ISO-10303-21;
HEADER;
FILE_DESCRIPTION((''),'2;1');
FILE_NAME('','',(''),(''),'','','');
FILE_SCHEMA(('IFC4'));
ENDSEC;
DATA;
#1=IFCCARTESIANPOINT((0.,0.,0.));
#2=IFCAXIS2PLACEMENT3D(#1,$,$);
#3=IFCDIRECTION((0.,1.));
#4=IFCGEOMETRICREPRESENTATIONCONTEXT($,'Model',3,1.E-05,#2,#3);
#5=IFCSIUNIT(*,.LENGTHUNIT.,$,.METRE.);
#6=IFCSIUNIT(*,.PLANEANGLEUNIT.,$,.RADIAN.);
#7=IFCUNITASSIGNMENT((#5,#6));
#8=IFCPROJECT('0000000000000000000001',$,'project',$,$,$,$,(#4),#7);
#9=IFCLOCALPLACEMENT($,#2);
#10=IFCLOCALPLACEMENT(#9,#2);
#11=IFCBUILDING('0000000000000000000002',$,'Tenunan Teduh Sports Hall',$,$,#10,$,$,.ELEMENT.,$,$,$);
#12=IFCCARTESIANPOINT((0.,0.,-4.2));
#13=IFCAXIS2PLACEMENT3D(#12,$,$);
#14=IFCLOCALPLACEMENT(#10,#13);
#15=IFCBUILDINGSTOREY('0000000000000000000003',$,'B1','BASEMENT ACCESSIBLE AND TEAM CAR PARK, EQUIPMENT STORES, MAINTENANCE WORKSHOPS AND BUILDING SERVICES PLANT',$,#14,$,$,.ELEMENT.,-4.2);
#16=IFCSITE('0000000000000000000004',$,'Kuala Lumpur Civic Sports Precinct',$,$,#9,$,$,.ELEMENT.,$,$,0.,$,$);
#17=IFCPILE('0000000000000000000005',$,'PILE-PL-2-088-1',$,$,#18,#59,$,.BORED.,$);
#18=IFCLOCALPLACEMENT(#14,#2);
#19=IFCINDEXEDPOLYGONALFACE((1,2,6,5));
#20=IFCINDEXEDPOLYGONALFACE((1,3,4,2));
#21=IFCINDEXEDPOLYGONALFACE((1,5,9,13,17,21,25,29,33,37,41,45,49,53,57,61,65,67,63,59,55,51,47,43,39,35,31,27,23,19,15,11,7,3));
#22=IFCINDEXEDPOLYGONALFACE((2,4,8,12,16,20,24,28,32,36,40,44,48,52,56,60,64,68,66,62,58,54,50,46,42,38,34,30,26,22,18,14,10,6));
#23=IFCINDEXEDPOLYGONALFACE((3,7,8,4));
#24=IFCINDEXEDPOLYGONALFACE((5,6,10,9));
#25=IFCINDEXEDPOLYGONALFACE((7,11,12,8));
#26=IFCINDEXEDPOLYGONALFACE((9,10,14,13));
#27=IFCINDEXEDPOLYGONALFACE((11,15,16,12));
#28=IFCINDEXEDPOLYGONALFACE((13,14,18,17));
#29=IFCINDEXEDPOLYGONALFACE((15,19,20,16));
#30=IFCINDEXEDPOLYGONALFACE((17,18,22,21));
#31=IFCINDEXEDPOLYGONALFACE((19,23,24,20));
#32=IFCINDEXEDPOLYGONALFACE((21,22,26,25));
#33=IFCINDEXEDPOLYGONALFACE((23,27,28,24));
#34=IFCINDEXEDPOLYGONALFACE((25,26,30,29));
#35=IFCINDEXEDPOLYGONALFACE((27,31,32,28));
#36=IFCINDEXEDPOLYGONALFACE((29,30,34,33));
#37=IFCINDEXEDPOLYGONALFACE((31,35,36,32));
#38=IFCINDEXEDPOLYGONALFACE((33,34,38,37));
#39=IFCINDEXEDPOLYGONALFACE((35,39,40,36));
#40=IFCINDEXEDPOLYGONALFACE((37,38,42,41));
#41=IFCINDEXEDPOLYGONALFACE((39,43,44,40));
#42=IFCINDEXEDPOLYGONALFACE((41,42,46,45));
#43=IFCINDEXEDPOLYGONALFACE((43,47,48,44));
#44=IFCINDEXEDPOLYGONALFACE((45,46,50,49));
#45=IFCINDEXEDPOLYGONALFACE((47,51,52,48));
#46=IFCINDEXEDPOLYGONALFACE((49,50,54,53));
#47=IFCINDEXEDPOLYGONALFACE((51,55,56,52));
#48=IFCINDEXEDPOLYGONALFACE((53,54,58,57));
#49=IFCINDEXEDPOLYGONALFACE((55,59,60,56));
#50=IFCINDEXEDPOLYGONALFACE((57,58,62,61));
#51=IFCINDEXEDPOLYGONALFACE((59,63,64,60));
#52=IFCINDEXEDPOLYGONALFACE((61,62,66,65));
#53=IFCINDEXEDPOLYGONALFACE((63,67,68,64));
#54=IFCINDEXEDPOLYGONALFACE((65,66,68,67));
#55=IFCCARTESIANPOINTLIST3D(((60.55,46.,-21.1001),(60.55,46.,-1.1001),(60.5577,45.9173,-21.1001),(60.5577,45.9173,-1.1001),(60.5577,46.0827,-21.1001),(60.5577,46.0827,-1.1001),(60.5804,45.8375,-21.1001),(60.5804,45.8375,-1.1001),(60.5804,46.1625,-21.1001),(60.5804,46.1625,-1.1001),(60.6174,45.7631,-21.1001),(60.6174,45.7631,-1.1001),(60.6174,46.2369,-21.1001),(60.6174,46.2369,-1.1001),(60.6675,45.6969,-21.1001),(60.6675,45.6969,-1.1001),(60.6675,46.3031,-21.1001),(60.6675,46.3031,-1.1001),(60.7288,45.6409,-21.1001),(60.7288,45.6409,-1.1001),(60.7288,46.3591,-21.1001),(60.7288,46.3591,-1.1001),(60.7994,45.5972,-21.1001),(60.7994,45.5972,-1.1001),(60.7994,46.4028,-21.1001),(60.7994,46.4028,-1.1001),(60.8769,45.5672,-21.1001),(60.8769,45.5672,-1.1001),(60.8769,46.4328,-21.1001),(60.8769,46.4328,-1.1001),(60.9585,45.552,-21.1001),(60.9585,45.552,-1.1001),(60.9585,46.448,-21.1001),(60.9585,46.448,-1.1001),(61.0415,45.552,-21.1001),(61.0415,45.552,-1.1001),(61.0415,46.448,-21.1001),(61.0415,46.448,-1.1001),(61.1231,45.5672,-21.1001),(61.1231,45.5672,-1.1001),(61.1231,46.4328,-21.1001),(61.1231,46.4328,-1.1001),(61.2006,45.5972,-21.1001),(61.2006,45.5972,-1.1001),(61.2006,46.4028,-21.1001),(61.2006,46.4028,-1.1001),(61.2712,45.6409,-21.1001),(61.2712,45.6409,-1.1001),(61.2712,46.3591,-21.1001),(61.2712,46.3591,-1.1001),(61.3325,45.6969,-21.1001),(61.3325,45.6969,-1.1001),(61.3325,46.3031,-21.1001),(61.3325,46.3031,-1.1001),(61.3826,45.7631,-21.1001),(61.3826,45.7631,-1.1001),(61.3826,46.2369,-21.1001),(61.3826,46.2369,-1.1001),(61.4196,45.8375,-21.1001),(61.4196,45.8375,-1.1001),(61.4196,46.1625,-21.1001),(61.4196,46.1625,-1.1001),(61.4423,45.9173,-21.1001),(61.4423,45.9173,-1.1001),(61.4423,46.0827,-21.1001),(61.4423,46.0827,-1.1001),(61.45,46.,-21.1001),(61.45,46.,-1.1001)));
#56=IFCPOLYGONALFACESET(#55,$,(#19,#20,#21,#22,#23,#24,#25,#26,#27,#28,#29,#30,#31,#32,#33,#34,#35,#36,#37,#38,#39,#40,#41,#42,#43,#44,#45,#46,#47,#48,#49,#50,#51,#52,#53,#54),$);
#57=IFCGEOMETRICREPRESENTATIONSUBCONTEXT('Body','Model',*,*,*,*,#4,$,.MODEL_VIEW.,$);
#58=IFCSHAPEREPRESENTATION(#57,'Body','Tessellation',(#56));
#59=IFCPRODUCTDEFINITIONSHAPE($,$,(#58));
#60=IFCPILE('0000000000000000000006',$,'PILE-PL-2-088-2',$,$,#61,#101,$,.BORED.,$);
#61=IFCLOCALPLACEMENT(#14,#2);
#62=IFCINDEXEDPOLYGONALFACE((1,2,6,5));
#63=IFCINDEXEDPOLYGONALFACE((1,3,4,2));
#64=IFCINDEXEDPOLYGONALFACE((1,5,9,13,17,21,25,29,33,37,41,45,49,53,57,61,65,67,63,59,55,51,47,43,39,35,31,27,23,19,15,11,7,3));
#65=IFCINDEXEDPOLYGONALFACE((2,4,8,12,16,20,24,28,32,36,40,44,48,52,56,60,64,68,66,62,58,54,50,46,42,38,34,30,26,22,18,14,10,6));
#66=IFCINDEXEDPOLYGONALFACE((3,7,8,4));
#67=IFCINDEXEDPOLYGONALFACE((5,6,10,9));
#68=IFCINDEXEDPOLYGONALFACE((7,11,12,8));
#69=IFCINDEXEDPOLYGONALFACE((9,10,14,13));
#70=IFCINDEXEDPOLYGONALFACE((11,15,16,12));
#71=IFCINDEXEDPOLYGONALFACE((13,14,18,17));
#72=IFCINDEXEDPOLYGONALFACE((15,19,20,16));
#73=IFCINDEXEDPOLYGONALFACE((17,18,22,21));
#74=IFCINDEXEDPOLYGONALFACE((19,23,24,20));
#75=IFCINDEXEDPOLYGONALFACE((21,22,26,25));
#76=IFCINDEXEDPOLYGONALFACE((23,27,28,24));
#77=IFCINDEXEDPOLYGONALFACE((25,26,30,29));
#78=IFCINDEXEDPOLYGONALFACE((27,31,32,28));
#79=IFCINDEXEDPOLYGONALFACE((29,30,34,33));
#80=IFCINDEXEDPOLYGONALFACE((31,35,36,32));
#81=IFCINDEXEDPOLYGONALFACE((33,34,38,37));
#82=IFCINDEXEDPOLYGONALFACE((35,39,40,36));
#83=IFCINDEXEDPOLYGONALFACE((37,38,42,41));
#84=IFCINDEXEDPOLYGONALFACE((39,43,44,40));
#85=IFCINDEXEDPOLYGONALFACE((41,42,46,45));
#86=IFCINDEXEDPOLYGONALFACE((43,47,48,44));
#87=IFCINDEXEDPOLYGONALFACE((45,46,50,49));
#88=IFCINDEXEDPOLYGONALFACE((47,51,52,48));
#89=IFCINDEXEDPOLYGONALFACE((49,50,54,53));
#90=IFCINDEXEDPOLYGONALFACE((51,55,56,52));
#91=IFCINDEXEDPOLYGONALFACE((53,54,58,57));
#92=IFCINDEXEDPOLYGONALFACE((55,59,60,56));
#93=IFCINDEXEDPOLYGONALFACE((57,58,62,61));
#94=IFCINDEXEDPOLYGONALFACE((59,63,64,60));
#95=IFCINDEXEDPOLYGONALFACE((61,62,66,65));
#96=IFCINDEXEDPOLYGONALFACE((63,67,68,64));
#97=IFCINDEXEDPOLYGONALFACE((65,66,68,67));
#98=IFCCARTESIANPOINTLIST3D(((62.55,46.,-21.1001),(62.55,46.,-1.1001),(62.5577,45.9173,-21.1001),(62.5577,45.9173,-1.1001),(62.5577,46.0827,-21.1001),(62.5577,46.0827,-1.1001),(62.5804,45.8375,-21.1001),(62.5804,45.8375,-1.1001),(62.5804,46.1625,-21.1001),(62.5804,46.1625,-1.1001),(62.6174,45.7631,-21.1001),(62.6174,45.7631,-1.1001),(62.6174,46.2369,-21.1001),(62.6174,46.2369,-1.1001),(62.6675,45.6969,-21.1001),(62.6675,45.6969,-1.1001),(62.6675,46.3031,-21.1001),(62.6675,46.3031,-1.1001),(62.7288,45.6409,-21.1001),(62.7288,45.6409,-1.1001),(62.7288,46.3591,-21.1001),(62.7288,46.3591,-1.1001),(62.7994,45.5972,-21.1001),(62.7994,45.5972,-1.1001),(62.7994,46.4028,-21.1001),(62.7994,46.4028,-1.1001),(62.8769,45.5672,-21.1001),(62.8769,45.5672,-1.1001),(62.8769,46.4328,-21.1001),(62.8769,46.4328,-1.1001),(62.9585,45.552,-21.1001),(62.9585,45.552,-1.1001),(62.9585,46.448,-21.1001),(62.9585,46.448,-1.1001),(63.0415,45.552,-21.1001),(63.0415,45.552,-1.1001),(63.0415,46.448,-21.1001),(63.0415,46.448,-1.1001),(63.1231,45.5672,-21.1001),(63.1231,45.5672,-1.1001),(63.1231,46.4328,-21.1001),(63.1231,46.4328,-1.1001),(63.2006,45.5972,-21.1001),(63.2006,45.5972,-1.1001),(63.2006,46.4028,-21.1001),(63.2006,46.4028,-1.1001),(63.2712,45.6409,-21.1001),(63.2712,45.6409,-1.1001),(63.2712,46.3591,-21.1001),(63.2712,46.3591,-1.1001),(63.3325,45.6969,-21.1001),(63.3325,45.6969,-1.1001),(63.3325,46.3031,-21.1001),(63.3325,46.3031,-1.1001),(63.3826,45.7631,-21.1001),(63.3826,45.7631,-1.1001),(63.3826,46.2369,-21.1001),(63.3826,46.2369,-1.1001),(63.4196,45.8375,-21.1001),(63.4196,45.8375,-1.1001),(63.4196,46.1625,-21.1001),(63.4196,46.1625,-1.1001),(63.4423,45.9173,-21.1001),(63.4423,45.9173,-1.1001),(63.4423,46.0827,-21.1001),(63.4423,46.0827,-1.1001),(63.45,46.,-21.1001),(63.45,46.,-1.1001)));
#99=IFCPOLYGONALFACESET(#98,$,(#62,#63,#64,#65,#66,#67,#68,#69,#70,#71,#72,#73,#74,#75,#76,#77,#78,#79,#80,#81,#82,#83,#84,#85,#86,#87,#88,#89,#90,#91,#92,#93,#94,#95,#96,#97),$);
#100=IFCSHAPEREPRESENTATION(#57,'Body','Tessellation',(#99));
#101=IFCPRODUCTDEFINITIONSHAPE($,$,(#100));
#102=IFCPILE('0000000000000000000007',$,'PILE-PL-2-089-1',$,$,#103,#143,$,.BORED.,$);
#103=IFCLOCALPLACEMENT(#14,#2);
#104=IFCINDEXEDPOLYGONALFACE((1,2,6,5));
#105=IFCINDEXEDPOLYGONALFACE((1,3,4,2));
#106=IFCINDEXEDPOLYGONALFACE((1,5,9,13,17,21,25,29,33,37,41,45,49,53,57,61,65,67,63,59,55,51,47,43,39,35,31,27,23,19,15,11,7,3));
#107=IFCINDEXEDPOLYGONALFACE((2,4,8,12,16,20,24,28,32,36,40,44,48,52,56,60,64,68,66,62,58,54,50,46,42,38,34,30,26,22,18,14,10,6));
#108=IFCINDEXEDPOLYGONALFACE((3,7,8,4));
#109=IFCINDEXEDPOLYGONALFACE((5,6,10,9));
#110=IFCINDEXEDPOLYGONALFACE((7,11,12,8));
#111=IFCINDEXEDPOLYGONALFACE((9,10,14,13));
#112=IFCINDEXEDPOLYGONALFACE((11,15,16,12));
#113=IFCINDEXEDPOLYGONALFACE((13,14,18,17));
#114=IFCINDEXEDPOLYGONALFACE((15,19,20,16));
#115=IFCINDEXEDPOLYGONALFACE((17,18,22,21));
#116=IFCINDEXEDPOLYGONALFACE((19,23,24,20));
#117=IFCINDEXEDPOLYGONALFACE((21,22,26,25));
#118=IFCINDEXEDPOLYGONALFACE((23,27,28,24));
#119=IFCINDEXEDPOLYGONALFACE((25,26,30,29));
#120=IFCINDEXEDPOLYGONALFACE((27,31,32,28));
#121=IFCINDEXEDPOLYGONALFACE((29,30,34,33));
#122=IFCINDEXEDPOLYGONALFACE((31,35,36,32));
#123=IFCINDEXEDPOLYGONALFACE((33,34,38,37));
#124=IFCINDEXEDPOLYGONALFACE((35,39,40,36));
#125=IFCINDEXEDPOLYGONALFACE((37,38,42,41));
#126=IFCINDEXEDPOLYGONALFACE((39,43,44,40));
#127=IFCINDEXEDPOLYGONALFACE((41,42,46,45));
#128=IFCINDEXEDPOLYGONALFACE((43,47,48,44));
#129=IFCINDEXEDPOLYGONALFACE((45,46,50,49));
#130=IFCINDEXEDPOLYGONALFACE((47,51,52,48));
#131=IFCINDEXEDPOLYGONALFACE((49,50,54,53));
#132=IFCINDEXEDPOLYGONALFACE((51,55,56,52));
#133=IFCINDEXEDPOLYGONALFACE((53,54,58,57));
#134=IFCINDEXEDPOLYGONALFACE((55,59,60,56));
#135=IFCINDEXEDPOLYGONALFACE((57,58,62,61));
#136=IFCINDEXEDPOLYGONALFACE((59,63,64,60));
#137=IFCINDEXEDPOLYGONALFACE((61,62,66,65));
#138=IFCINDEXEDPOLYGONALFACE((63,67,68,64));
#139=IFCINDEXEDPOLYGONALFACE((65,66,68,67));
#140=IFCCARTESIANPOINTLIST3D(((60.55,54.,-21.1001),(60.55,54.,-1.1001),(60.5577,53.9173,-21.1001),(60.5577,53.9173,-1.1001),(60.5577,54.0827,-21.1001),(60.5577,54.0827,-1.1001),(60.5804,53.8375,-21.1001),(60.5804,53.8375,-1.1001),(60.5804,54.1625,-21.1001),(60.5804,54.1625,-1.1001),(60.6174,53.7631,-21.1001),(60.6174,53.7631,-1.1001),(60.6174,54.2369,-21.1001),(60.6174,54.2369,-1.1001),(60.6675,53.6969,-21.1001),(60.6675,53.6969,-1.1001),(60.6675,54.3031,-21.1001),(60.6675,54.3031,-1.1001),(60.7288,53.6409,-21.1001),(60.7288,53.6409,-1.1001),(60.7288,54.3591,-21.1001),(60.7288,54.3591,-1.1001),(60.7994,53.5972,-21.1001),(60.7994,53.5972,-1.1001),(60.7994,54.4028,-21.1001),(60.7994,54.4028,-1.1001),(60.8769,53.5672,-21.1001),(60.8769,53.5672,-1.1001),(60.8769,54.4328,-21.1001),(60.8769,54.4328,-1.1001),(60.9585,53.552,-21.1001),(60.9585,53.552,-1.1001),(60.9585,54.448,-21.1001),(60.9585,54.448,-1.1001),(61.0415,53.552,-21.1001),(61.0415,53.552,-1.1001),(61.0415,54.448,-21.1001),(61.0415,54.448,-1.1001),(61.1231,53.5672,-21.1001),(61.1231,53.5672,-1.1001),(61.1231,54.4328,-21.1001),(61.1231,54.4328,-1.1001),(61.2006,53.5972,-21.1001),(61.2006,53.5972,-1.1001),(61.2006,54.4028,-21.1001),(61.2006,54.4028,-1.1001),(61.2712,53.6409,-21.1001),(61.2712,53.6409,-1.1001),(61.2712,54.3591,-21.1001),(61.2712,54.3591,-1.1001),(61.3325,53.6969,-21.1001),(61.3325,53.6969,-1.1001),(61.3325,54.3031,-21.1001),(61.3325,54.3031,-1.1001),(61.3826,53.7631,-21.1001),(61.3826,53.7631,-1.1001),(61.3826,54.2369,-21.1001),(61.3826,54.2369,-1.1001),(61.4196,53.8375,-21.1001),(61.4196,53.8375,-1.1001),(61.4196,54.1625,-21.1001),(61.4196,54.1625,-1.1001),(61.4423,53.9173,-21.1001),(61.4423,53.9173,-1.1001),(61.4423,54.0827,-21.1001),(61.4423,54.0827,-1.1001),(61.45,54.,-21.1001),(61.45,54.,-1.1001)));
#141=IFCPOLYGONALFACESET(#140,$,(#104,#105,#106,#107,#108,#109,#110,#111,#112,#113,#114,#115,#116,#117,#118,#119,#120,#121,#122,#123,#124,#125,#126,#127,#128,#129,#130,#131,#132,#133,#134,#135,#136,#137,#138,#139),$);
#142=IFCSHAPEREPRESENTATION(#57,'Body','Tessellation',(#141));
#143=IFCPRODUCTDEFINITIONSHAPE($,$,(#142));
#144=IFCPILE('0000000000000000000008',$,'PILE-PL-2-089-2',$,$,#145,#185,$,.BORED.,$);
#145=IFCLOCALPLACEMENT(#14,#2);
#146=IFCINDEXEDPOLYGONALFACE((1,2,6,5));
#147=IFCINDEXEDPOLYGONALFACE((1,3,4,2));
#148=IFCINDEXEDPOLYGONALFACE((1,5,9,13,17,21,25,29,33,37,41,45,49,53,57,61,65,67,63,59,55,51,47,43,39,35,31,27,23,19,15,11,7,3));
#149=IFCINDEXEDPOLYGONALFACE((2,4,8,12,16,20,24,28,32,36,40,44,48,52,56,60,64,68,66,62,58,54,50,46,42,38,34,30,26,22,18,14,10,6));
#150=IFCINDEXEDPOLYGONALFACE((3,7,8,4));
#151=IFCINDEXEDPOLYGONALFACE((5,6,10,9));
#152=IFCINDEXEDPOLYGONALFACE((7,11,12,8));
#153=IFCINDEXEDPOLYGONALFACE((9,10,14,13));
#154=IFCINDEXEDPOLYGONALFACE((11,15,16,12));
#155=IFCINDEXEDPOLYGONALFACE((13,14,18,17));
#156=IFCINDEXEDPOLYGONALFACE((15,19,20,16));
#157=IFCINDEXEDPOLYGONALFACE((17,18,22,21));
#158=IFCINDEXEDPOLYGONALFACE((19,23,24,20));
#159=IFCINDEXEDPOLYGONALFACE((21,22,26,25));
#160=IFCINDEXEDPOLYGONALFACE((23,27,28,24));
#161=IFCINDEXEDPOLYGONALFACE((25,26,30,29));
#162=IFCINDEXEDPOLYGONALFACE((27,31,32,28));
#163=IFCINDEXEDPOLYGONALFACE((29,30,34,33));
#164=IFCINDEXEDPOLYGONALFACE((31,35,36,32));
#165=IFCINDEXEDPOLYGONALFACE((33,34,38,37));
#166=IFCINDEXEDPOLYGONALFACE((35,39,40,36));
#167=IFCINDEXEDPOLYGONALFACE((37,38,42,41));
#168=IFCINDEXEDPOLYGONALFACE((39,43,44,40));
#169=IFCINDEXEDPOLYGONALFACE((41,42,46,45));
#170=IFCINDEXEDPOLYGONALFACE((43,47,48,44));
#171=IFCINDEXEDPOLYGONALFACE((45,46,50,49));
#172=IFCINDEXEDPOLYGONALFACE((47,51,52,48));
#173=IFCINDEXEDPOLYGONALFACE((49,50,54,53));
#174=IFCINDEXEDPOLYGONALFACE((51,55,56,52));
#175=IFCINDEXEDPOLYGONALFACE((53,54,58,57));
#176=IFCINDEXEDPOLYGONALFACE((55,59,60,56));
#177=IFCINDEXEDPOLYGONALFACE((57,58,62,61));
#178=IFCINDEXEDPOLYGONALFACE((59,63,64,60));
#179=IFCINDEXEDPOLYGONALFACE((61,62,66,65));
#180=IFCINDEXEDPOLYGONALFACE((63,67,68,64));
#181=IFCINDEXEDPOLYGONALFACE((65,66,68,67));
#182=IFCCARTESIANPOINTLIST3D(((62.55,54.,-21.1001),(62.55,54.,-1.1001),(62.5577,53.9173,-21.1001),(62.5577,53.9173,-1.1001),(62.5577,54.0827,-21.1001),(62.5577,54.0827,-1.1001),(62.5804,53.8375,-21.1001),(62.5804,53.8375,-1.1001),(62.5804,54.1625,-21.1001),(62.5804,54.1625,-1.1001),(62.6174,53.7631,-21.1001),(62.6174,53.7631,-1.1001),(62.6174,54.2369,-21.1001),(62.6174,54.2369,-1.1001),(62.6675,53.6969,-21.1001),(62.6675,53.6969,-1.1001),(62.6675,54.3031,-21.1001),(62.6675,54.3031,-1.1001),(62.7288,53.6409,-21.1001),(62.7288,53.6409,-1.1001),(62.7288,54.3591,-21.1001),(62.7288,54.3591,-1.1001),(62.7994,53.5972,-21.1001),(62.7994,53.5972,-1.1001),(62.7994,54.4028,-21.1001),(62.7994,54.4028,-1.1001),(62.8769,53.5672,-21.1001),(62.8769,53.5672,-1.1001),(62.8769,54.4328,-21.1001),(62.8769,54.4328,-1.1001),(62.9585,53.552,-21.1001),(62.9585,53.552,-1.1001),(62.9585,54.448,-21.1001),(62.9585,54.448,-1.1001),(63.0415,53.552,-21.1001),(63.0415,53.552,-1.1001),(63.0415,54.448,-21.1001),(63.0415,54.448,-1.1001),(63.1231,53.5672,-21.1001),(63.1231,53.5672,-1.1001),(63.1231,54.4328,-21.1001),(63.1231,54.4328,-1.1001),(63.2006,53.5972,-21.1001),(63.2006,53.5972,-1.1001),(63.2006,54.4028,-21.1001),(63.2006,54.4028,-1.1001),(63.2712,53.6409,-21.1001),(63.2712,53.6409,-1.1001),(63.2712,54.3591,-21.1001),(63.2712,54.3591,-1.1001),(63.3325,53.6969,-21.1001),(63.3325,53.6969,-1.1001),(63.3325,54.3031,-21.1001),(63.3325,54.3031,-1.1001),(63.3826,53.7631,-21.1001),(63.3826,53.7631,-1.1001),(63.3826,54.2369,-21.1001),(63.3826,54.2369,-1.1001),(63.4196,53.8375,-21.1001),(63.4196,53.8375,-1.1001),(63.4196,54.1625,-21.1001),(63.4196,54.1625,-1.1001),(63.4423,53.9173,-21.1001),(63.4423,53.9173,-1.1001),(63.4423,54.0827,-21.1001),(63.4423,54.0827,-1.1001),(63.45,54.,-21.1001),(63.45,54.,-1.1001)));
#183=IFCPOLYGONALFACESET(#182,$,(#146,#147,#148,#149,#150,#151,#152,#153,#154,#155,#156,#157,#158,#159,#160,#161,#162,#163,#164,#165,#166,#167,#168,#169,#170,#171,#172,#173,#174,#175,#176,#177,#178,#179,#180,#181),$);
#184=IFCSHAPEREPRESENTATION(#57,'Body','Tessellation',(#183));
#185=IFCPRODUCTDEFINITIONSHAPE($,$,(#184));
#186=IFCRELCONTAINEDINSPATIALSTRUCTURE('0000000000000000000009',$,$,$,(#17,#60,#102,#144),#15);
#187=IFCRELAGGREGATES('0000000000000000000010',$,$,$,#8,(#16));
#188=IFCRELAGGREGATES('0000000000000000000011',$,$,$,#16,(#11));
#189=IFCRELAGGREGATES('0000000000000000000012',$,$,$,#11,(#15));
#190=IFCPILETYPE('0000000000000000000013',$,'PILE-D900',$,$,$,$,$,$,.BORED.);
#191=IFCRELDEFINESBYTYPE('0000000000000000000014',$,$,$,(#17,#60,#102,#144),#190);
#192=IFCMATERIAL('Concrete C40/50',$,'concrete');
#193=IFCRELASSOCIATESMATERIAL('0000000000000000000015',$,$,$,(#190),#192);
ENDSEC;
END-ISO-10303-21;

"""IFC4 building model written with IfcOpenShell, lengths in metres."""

from ifc_helpers import new_model, si_unit, direction, frame, origin, origin_2d, place, context, subcontext, project, spatial, circle, extrude, material, material_profile, profile_set, type_object, element, save


model = new_model("IFC4")

# Units and contexts
model_context = context("Model", 3, precision=1e-05, world=origin(), true_north=direction((0.0, 1.0)))
body_context = subcontext(model_context, "Body", "Model", "MODEL_VIEW")
ifc_project = project(units=[si_unit("LENGTHUNIT", "METRE"), si_unit("PLANEANGLEUNIT", "RADIAN")], contexts=[model_context])

# Site, building, storey
site_placement = place(None, origin())
site = spatial("IfcSite", under=ifc_project, at=site_placement, Name="Kuala Lumpur Civic Sports Precinct", CompositionType="ELEMENT", RefElevation=0.0)
building_placement = place(site_placement, origin())
building = spatial("IfcBuilding", under=site, at=building_placement, Name="Tenunan Teduh Sports Hall", CompositionType="ELEMENT")
storey_placement = place(building_placement, frame((0.0, 0.0, -4.2)))
storey = spatial("IfcBuildingStorey", under=building, at=storey_placement, Name="B1", Description="BASEMENT ACCESSIBLE AND TEAM CAR PARK, EQUIPMENT STORES, MAINTENANCE WORKSHOPS AND BUILDING SERVICES PLANT", CompositionType="ELEMENT", Elevation=-4.2)

# Piles
ifc_material_1 = material(Name="Concrete C40/50", Category="concrete")
ifc_material_profile_1 = material_profile(ifc_material_1, circle(Radius=0.45, at=origin_2d()), Name="PILE D900")
ifc_profile_set_1 = profile_set([ifc_material_profile_1], Name="Concrete C40/50")
pile_type_1 = type_object("IfcPileType", Name="PILE-D900", PredefinedType="BORED", material=ifc_profile_set_1)
for number, where, z_axis, x_axis, name in (
    (1, (61.0, 46.0, -1.1001), (0.0, 0.0, -1.0), (1.0, 0.0, 0.0), "PILE-PL-2-088-1"),
    (2, (63.0, 46.0, -1.1001), (0.0, 0.0, -1.0), (1.0, 0.0, 0.0), "PILE-PL-2-088-2"),
    (3, (61.0, 54.0, -1.1001), (0.0, 0.0, -1.0), (1.0, 0.0, 0.0), "PILE-PL-2-089-1"),
    (4, (63.0, 54.0, -1.1001), (0.0, 0.0, -1.0), (1.0, 0.0, 0.0), "PILE-PL-2-089-2"),
):
    element("IfcPile", number, at=place(storey_placement, frame(where, z_axis=z_axis, x_axis=x_axis)), inside=storey, type_object=pile_type_1, Name=name, PredefinedType="BORED", context=body_context, shape_type="SweptSolid", body=[
        extrude(circle(Radius=0.45, at=origin_2d()), origin(), (0.0, 0.0, 1.0), 20.0),
    ])

save(model, "model.ifc")
